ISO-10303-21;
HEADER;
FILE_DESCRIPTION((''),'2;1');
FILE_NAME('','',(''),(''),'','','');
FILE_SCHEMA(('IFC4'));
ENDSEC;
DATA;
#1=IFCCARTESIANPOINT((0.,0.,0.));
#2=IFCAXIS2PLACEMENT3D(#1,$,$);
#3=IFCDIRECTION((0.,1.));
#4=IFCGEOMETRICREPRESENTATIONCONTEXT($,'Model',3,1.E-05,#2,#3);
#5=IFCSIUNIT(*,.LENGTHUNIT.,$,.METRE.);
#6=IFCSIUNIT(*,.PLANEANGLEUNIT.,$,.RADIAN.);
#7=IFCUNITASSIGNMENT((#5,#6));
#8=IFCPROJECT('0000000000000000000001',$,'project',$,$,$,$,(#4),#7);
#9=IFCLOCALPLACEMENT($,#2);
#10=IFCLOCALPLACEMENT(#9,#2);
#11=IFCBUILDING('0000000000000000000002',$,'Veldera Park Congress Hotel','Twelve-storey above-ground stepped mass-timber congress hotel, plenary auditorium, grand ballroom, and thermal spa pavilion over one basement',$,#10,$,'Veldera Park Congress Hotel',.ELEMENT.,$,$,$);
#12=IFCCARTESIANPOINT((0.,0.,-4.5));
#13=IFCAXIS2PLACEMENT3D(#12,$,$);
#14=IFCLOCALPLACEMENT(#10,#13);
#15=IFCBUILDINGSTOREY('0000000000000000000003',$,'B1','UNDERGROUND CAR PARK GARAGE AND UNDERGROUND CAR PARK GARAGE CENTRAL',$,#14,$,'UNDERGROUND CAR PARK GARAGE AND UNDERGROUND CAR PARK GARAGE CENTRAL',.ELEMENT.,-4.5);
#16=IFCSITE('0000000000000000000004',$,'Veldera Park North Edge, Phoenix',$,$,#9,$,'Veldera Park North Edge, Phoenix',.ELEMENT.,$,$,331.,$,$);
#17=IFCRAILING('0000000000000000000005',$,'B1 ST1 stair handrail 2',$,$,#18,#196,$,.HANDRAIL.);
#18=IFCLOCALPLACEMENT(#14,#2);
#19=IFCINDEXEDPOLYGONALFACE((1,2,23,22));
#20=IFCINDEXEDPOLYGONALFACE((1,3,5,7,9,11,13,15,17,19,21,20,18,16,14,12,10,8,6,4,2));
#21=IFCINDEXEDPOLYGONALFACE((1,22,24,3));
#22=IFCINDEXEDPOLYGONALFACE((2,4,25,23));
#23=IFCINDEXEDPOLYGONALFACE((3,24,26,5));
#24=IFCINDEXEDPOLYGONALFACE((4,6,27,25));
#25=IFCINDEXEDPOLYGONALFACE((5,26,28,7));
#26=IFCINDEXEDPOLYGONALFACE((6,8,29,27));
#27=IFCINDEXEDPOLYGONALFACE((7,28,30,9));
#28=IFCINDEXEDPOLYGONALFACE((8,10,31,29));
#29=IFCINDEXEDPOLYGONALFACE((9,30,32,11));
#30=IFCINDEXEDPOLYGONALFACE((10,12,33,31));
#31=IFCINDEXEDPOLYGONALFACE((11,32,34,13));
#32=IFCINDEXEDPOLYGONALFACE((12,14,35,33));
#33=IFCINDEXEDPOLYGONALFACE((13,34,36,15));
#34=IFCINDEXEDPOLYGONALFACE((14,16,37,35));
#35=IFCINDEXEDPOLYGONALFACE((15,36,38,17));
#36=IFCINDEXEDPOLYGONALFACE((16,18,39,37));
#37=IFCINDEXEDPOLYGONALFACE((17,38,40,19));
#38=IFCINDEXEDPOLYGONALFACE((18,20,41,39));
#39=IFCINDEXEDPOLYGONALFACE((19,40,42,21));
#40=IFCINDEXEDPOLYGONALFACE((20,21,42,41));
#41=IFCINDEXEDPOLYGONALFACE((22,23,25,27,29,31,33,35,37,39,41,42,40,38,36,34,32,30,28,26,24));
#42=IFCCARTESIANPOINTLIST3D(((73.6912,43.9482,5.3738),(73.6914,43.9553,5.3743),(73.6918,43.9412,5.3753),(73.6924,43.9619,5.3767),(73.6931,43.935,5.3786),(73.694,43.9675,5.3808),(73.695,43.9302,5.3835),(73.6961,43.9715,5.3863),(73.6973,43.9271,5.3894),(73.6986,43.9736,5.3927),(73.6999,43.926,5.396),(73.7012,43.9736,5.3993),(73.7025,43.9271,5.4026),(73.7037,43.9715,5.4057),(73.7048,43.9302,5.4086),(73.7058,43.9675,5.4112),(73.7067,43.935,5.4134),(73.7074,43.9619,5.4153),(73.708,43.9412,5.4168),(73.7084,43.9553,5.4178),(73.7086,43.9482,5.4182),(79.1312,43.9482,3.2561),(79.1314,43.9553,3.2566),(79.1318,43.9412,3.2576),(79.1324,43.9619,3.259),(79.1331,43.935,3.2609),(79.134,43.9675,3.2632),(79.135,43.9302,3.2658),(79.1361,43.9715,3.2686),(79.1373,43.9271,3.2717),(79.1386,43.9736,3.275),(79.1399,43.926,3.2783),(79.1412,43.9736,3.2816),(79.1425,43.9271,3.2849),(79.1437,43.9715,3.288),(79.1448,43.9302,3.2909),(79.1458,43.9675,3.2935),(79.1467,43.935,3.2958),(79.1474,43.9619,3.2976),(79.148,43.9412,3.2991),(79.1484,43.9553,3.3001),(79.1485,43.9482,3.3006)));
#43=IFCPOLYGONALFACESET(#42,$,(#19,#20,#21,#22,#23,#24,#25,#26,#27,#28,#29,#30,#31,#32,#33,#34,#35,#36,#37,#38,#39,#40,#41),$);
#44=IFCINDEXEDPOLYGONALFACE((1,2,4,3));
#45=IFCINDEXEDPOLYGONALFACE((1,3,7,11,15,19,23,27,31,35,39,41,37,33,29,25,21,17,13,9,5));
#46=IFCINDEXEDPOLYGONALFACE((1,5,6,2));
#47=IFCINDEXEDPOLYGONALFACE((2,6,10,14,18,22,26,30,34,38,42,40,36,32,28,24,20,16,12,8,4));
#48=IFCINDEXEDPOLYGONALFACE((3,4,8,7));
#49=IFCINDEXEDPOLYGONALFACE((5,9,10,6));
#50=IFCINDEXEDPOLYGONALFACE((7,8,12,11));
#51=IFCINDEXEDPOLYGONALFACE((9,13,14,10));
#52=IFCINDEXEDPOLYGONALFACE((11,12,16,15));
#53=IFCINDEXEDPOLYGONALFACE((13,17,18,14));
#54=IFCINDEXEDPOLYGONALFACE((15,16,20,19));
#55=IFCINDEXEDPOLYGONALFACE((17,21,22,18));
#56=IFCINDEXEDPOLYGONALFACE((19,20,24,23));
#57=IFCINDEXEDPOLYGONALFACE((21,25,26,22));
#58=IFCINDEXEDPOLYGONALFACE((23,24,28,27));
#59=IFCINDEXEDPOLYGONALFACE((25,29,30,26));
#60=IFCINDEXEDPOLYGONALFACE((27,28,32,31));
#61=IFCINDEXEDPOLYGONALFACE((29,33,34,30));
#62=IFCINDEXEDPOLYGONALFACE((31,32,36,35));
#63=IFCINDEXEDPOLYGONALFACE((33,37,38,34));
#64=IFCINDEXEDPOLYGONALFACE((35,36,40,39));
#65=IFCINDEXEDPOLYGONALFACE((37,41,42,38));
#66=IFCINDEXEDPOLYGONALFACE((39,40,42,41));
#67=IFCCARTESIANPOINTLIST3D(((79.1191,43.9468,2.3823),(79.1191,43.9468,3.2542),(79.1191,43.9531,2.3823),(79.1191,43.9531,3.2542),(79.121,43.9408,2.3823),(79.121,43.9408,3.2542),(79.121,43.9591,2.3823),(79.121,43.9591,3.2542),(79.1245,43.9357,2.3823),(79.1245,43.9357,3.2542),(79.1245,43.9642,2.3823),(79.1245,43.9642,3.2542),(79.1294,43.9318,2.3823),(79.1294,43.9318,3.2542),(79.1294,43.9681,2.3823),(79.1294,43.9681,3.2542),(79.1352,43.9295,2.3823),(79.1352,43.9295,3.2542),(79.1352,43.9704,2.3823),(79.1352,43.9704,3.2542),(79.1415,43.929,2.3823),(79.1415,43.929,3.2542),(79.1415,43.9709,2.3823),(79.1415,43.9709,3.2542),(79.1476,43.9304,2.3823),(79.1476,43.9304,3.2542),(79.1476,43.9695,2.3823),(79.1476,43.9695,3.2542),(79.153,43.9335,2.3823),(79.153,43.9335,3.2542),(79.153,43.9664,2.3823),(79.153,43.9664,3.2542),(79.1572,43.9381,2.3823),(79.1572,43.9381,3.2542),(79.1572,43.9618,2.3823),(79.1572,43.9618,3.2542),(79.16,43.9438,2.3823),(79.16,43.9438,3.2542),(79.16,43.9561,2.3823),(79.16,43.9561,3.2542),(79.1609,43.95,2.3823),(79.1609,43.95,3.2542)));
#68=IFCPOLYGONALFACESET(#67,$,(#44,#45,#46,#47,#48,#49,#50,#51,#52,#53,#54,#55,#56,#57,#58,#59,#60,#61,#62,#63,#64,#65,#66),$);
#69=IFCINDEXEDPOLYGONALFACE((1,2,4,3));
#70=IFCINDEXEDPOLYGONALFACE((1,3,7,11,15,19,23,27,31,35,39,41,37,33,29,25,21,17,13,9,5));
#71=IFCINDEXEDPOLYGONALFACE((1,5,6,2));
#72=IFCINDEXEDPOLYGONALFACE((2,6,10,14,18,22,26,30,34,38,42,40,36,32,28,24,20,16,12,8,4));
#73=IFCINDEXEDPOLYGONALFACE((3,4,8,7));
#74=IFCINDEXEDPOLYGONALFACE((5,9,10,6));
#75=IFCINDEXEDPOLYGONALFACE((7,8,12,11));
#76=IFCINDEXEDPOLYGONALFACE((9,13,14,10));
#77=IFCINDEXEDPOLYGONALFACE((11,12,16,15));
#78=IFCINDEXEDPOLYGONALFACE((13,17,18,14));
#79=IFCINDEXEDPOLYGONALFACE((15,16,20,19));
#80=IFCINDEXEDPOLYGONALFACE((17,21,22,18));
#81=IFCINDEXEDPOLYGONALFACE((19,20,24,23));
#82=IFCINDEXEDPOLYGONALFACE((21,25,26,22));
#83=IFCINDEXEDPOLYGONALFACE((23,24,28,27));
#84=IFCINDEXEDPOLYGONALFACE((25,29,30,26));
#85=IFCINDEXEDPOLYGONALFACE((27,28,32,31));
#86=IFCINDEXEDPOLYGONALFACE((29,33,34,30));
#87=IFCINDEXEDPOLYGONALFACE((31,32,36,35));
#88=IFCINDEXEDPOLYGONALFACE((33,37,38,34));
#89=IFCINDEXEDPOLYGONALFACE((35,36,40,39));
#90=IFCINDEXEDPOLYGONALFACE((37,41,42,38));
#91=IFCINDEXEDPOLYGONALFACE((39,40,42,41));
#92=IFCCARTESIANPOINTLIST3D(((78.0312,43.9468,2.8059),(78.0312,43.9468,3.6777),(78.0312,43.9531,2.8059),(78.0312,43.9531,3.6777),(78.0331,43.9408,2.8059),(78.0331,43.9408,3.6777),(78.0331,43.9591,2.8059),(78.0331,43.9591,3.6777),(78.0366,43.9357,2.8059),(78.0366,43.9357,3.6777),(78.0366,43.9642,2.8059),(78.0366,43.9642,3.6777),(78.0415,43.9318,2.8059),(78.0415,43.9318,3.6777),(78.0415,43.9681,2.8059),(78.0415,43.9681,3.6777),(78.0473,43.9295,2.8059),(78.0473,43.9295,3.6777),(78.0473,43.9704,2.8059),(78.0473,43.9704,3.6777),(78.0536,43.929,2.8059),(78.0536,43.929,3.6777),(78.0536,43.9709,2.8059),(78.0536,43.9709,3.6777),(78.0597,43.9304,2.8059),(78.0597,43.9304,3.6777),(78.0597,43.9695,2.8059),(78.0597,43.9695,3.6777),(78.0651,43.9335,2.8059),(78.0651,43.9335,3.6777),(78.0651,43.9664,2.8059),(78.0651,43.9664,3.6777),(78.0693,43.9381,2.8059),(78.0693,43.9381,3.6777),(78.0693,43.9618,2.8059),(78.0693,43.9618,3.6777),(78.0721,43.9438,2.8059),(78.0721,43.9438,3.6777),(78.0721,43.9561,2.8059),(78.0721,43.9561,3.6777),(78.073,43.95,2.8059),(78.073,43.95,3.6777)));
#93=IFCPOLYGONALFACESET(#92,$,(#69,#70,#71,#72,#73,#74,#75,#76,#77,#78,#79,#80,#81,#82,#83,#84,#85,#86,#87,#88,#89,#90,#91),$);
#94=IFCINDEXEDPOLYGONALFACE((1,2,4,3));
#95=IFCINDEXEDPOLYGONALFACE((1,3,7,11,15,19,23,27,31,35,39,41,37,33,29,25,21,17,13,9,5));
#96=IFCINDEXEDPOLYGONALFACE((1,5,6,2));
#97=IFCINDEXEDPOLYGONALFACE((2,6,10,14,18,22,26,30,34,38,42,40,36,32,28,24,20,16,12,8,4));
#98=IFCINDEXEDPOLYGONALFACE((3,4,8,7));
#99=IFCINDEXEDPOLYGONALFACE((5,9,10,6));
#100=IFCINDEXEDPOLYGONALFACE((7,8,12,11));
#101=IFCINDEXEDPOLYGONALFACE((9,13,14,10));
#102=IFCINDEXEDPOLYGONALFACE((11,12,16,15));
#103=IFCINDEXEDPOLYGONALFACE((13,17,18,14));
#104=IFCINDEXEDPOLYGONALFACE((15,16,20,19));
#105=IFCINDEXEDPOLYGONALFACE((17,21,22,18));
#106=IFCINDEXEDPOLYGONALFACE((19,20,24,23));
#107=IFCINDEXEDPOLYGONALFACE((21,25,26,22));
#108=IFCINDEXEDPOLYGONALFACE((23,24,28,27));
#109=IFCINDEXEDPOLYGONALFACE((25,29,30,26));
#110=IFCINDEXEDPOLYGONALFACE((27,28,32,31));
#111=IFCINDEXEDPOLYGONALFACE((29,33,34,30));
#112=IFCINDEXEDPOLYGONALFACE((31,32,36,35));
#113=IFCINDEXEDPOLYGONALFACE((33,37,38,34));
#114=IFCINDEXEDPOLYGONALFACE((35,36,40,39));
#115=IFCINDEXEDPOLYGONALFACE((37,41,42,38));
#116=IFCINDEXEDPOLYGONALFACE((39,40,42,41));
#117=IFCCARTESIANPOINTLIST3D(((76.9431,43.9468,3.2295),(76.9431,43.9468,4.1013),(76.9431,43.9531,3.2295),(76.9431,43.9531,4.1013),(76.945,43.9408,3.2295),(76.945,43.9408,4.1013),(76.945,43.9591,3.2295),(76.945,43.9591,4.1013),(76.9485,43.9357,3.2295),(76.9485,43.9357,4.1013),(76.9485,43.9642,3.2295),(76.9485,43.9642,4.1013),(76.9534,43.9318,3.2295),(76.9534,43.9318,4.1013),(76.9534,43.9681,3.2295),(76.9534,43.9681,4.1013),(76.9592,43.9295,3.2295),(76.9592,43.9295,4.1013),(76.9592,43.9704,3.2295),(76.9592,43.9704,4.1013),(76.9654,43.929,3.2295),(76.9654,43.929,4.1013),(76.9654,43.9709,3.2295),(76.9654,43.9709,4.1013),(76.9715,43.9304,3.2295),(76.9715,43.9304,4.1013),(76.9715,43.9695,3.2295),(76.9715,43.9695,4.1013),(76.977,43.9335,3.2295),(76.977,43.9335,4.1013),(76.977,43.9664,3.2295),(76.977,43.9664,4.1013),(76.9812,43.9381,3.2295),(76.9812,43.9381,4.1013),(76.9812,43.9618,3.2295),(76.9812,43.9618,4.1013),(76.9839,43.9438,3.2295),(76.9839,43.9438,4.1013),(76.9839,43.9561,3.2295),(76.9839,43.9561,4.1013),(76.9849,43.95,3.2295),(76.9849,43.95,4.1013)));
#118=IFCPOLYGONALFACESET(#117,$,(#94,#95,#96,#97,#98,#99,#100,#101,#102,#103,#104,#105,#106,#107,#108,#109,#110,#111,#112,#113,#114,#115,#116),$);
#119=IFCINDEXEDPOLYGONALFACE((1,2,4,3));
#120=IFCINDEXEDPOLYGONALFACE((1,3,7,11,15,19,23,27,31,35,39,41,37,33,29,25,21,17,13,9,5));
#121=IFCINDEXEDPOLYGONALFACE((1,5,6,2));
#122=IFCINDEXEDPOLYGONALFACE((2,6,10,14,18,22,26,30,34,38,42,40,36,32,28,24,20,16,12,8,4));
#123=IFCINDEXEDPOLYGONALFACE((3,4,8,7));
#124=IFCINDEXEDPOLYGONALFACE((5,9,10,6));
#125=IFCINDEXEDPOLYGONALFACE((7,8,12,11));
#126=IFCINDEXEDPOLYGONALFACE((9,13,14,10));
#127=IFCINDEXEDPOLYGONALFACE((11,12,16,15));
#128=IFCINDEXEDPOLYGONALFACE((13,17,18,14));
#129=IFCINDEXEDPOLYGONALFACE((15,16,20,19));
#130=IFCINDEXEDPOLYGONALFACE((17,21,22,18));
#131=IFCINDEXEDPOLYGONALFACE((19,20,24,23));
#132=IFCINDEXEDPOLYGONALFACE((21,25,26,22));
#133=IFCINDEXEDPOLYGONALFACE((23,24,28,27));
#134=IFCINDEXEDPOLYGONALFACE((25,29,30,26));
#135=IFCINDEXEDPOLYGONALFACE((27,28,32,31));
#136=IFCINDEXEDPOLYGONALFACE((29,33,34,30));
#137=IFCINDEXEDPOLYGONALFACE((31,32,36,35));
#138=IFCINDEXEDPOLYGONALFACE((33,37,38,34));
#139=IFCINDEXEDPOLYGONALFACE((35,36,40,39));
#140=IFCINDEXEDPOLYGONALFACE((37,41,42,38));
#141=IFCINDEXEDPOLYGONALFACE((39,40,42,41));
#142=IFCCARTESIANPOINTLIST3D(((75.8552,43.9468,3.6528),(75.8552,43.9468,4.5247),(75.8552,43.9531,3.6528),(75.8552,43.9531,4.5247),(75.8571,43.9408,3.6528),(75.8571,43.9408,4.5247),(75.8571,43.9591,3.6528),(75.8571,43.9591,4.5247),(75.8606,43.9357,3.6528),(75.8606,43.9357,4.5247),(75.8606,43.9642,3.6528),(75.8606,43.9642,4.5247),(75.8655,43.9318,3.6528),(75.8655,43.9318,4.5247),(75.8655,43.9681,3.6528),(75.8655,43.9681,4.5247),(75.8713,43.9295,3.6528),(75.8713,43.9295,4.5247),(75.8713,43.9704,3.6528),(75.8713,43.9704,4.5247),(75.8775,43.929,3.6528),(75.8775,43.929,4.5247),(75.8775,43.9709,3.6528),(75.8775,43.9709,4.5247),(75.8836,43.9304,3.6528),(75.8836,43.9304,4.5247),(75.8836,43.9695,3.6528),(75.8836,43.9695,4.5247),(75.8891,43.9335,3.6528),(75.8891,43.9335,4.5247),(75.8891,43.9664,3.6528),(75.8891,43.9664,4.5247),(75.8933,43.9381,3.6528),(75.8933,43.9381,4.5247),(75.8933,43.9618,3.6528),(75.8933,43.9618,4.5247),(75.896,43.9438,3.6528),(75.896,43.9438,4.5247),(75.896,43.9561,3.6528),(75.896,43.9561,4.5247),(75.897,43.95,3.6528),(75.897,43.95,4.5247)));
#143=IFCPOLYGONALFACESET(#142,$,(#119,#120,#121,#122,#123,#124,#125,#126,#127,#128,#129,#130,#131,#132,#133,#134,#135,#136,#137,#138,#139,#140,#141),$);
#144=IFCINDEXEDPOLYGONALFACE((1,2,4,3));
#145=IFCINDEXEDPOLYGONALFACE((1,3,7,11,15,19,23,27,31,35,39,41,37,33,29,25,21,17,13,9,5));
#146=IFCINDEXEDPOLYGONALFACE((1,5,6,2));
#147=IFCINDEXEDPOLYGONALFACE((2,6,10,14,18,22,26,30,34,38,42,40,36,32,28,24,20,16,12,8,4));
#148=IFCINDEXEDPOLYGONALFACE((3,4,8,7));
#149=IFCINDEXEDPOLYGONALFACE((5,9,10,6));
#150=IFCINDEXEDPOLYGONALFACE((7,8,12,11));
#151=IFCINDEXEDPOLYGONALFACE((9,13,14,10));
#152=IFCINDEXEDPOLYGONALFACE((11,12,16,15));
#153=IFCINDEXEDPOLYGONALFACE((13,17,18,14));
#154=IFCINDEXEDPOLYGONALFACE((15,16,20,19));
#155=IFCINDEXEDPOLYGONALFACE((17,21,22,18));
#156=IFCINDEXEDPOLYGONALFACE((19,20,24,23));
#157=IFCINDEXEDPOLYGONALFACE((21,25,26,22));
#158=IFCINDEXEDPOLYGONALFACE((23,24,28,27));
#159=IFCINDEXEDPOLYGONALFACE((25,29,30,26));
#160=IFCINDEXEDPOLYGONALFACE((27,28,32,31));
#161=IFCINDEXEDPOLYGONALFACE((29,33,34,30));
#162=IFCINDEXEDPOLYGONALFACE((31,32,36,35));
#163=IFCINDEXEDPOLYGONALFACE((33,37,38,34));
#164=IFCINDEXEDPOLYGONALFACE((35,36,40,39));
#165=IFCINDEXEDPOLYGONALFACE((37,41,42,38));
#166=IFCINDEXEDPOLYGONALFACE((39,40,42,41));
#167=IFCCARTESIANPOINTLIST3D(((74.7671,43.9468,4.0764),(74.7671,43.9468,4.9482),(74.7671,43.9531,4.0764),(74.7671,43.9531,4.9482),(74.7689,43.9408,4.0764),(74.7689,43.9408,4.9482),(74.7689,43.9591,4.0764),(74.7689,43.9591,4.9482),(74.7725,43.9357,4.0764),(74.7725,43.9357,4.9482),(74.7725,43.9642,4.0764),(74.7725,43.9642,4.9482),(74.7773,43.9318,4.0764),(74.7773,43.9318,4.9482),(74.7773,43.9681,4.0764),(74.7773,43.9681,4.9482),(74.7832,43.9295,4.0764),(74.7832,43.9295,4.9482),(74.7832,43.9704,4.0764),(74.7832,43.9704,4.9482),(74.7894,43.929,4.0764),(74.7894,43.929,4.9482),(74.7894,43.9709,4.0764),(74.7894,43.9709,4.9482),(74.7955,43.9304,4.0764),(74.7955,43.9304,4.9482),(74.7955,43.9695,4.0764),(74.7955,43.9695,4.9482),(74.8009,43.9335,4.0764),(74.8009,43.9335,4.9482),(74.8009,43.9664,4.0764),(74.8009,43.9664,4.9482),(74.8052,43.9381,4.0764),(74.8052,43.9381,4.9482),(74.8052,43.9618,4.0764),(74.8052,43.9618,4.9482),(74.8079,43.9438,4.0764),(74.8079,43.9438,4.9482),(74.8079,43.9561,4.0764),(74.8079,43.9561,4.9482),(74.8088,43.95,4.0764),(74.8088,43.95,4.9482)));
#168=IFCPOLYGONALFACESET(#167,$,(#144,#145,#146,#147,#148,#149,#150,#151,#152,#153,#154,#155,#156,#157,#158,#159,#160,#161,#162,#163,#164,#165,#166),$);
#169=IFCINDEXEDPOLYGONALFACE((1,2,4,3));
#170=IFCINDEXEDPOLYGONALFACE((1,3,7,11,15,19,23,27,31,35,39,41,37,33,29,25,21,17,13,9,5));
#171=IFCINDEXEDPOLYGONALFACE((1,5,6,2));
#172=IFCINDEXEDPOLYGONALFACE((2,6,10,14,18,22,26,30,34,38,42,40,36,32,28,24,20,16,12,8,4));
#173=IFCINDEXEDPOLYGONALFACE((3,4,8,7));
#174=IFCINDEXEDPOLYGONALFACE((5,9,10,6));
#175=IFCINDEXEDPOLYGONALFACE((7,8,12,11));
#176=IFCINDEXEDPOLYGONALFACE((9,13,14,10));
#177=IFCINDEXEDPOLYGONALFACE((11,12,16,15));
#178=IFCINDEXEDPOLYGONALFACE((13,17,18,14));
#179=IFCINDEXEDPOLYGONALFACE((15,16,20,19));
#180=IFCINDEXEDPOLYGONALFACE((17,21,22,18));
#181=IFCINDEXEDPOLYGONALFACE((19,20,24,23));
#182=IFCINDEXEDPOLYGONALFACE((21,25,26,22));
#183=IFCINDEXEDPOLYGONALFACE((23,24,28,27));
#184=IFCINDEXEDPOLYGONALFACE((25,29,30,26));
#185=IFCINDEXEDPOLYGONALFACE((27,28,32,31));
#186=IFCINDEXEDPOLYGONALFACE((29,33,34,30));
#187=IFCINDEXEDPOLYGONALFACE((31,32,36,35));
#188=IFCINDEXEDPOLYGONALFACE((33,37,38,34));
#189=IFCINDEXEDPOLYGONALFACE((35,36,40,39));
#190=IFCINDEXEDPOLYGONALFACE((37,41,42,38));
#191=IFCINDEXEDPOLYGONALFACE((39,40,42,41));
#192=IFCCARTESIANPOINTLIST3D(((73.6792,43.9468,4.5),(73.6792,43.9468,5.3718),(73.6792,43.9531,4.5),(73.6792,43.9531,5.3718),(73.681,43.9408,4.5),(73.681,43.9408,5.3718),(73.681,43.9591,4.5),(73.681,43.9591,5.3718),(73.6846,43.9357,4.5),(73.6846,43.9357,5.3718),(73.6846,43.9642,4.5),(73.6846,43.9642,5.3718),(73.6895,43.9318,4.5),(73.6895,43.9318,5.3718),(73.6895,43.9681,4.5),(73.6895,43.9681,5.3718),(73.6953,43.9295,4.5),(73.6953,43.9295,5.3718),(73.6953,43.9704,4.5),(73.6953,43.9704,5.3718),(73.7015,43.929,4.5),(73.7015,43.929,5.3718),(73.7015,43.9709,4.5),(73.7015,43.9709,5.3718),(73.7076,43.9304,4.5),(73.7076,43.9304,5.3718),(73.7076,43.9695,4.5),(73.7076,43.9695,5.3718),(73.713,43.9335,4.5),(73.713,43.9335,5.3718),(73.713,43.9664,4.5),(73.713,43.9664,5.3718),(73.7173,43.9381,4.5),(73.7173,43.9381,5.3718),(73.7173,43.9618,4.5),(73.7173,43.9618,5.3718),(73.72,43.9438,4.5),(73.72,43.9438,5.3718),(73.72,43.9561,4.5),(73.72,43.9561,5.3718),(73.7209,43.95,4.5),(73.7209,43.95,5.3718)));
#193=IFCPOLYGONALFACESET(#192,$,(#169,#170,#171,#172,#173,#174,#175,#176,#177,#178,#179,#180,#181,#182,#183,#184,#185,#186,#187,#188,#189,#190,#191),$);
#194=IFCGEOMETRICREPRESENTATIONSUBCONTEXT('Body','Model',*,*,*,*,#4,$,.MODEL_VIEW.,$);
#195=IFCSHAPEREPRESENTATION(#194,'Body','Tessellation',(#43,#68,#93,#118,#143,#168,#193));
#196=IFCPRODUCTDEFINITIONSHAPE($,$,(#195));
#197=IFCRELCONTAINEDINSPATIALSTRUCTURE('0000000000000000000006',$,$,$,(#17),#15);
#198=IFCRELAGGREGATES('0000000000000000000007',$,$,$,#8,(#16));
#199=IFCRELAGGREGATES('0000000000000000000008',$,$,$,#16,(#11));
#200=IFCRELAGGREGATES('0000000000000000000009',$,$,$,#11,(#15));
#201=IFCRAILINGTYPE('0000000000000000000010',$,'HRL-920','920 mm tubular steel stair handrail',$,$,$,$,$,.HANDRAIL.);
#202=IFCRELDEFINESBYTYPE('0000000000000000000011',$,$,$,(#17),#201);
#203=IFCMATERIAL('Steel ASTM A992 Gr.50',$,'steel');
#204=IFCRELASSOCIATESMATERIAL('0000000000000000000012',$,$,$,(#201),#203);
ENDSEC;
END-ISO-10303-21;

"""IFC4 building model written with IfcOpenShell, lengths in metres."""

from ifc_helpers import new_model, si_unit, direction, frame, origin, origin_2d, place, context, subcontext, project, spatial, circle, extrude, material, type_object, element, save


model = new_model("IFC4")

# Units and contexts
model_context = context("Model", 3, precision=1e-05, world=origin(), true_north=direction((0.0, 1.0)))
body_context = subcontext(model_context, "Body", "Model", "MODEL_VIEW")
ifc_project = project(units=[si_unit("LENGTHUNIT", "METRE"), si_unit("PLANEANGLEUNIT", "RADIAN")], contexts=[model_context])

# Site, building, storey
site_placement = place(None, origin())
site = spatial("IfcSite", under=ifc_project, at=site_placement, Name="Veldera Park North Edge, Phoenix", LongName="Veldera Park North Edge, Phoenix", CompositionType="ELEMENT", RefElevation=331.0)
building_placement = place(site_placement, origin())
building = spatial("IfcBuilding", under=site, at=building_placement, Name="Veldera Park Congress Hotel", Description="Twelve-storey above-ground stepped mass-timber congress hotel, plenary auditorium, grand ballroom, and thermal spa pavilion over one basement", LongName="Veldera Park Congress Hotel", CompositionType="ELEMENT")
storey_placement = place(building_placement, frame((0.0, 0.0, -4.5)))
storey = spatial("IfcBuildingStorey", under=building, at=storey_placement, Name="B1", Description="UNDERGROUND CAR PARK GARAGE AND UNDERGROUND CAR PARK GARAGE CENTRAL", LongName="UNDERGROUND CAR PARK GARAGE AND UNDERGROUND CAR PARK GARAGE CENTRAL", CompositionType="ELEMENT", Elevation=-4.5)

# Railing
ifc_material_1 = material(Name="Steel ASTM A992 Gr.50", Category="steel")
railing_type_1 = type_object("IfcRailingType", Name="HRL-920", Description="920 mm tubular steel stair handrail", PredefinedType="HANDRAIL", material=ifc_material_1)
railing_1_placement = place(storey_placement, frame((79.1399, 43.95, 2.3823)))
element("IfcRailing", 1, at=railing_1_placement, inside=storey, type_object=railing_type_1, Name="B1 ST1 stair handrail 2", PredefinedType="HANDRAIL", context=body_context, shape_type="SweptSolid", body=[
    extrude(circle(Radius=0.0239, at=origin_2d()), frame((0.0, 0.0, 0.896), z_axis=(-0.931881, 0.0, 0.362765), x_axis=(0.0, -1.0, 0.0)), (0.0, 0.0, 1.0), 5.8376),
    extrude(circle(Radius=0.021, at=origin_2d()), origin(), (0.0, 0.0, 1.0), 0.8718),
    extrude(circle(Radius=0.021, at=origin_2d()), frame((-1.0879, 0.0, 0.4236)), (0.0, 0.0, 1.0), 0.8718),
    extrude(circle(Radius=0.021, at=origin_2d()), frame((-2.176, 0.0, 0.8472)), (0.0, 0.0, 1.0), 0.8718),
    extrude(circle(Radius=0.021, at=origin_2d()), frame((-3.2639, 0.0, 1.2705)), (0.0, 0.0, 1.0), 0.8718),
    extrude(circle(Radius=0.021, at=origin_2d()), frame((-4.3521, 0.0, 1.6941)), (0.0, 0.0, 1.0), 0.8718),
    extrude(circle(Radius=0.021, at=origin_2d()), frame((-5.4399, 0.0, 2.1177)), (0.0, 0.0, 1.0), 0.8718),
])

save(model, "model.ifc")
